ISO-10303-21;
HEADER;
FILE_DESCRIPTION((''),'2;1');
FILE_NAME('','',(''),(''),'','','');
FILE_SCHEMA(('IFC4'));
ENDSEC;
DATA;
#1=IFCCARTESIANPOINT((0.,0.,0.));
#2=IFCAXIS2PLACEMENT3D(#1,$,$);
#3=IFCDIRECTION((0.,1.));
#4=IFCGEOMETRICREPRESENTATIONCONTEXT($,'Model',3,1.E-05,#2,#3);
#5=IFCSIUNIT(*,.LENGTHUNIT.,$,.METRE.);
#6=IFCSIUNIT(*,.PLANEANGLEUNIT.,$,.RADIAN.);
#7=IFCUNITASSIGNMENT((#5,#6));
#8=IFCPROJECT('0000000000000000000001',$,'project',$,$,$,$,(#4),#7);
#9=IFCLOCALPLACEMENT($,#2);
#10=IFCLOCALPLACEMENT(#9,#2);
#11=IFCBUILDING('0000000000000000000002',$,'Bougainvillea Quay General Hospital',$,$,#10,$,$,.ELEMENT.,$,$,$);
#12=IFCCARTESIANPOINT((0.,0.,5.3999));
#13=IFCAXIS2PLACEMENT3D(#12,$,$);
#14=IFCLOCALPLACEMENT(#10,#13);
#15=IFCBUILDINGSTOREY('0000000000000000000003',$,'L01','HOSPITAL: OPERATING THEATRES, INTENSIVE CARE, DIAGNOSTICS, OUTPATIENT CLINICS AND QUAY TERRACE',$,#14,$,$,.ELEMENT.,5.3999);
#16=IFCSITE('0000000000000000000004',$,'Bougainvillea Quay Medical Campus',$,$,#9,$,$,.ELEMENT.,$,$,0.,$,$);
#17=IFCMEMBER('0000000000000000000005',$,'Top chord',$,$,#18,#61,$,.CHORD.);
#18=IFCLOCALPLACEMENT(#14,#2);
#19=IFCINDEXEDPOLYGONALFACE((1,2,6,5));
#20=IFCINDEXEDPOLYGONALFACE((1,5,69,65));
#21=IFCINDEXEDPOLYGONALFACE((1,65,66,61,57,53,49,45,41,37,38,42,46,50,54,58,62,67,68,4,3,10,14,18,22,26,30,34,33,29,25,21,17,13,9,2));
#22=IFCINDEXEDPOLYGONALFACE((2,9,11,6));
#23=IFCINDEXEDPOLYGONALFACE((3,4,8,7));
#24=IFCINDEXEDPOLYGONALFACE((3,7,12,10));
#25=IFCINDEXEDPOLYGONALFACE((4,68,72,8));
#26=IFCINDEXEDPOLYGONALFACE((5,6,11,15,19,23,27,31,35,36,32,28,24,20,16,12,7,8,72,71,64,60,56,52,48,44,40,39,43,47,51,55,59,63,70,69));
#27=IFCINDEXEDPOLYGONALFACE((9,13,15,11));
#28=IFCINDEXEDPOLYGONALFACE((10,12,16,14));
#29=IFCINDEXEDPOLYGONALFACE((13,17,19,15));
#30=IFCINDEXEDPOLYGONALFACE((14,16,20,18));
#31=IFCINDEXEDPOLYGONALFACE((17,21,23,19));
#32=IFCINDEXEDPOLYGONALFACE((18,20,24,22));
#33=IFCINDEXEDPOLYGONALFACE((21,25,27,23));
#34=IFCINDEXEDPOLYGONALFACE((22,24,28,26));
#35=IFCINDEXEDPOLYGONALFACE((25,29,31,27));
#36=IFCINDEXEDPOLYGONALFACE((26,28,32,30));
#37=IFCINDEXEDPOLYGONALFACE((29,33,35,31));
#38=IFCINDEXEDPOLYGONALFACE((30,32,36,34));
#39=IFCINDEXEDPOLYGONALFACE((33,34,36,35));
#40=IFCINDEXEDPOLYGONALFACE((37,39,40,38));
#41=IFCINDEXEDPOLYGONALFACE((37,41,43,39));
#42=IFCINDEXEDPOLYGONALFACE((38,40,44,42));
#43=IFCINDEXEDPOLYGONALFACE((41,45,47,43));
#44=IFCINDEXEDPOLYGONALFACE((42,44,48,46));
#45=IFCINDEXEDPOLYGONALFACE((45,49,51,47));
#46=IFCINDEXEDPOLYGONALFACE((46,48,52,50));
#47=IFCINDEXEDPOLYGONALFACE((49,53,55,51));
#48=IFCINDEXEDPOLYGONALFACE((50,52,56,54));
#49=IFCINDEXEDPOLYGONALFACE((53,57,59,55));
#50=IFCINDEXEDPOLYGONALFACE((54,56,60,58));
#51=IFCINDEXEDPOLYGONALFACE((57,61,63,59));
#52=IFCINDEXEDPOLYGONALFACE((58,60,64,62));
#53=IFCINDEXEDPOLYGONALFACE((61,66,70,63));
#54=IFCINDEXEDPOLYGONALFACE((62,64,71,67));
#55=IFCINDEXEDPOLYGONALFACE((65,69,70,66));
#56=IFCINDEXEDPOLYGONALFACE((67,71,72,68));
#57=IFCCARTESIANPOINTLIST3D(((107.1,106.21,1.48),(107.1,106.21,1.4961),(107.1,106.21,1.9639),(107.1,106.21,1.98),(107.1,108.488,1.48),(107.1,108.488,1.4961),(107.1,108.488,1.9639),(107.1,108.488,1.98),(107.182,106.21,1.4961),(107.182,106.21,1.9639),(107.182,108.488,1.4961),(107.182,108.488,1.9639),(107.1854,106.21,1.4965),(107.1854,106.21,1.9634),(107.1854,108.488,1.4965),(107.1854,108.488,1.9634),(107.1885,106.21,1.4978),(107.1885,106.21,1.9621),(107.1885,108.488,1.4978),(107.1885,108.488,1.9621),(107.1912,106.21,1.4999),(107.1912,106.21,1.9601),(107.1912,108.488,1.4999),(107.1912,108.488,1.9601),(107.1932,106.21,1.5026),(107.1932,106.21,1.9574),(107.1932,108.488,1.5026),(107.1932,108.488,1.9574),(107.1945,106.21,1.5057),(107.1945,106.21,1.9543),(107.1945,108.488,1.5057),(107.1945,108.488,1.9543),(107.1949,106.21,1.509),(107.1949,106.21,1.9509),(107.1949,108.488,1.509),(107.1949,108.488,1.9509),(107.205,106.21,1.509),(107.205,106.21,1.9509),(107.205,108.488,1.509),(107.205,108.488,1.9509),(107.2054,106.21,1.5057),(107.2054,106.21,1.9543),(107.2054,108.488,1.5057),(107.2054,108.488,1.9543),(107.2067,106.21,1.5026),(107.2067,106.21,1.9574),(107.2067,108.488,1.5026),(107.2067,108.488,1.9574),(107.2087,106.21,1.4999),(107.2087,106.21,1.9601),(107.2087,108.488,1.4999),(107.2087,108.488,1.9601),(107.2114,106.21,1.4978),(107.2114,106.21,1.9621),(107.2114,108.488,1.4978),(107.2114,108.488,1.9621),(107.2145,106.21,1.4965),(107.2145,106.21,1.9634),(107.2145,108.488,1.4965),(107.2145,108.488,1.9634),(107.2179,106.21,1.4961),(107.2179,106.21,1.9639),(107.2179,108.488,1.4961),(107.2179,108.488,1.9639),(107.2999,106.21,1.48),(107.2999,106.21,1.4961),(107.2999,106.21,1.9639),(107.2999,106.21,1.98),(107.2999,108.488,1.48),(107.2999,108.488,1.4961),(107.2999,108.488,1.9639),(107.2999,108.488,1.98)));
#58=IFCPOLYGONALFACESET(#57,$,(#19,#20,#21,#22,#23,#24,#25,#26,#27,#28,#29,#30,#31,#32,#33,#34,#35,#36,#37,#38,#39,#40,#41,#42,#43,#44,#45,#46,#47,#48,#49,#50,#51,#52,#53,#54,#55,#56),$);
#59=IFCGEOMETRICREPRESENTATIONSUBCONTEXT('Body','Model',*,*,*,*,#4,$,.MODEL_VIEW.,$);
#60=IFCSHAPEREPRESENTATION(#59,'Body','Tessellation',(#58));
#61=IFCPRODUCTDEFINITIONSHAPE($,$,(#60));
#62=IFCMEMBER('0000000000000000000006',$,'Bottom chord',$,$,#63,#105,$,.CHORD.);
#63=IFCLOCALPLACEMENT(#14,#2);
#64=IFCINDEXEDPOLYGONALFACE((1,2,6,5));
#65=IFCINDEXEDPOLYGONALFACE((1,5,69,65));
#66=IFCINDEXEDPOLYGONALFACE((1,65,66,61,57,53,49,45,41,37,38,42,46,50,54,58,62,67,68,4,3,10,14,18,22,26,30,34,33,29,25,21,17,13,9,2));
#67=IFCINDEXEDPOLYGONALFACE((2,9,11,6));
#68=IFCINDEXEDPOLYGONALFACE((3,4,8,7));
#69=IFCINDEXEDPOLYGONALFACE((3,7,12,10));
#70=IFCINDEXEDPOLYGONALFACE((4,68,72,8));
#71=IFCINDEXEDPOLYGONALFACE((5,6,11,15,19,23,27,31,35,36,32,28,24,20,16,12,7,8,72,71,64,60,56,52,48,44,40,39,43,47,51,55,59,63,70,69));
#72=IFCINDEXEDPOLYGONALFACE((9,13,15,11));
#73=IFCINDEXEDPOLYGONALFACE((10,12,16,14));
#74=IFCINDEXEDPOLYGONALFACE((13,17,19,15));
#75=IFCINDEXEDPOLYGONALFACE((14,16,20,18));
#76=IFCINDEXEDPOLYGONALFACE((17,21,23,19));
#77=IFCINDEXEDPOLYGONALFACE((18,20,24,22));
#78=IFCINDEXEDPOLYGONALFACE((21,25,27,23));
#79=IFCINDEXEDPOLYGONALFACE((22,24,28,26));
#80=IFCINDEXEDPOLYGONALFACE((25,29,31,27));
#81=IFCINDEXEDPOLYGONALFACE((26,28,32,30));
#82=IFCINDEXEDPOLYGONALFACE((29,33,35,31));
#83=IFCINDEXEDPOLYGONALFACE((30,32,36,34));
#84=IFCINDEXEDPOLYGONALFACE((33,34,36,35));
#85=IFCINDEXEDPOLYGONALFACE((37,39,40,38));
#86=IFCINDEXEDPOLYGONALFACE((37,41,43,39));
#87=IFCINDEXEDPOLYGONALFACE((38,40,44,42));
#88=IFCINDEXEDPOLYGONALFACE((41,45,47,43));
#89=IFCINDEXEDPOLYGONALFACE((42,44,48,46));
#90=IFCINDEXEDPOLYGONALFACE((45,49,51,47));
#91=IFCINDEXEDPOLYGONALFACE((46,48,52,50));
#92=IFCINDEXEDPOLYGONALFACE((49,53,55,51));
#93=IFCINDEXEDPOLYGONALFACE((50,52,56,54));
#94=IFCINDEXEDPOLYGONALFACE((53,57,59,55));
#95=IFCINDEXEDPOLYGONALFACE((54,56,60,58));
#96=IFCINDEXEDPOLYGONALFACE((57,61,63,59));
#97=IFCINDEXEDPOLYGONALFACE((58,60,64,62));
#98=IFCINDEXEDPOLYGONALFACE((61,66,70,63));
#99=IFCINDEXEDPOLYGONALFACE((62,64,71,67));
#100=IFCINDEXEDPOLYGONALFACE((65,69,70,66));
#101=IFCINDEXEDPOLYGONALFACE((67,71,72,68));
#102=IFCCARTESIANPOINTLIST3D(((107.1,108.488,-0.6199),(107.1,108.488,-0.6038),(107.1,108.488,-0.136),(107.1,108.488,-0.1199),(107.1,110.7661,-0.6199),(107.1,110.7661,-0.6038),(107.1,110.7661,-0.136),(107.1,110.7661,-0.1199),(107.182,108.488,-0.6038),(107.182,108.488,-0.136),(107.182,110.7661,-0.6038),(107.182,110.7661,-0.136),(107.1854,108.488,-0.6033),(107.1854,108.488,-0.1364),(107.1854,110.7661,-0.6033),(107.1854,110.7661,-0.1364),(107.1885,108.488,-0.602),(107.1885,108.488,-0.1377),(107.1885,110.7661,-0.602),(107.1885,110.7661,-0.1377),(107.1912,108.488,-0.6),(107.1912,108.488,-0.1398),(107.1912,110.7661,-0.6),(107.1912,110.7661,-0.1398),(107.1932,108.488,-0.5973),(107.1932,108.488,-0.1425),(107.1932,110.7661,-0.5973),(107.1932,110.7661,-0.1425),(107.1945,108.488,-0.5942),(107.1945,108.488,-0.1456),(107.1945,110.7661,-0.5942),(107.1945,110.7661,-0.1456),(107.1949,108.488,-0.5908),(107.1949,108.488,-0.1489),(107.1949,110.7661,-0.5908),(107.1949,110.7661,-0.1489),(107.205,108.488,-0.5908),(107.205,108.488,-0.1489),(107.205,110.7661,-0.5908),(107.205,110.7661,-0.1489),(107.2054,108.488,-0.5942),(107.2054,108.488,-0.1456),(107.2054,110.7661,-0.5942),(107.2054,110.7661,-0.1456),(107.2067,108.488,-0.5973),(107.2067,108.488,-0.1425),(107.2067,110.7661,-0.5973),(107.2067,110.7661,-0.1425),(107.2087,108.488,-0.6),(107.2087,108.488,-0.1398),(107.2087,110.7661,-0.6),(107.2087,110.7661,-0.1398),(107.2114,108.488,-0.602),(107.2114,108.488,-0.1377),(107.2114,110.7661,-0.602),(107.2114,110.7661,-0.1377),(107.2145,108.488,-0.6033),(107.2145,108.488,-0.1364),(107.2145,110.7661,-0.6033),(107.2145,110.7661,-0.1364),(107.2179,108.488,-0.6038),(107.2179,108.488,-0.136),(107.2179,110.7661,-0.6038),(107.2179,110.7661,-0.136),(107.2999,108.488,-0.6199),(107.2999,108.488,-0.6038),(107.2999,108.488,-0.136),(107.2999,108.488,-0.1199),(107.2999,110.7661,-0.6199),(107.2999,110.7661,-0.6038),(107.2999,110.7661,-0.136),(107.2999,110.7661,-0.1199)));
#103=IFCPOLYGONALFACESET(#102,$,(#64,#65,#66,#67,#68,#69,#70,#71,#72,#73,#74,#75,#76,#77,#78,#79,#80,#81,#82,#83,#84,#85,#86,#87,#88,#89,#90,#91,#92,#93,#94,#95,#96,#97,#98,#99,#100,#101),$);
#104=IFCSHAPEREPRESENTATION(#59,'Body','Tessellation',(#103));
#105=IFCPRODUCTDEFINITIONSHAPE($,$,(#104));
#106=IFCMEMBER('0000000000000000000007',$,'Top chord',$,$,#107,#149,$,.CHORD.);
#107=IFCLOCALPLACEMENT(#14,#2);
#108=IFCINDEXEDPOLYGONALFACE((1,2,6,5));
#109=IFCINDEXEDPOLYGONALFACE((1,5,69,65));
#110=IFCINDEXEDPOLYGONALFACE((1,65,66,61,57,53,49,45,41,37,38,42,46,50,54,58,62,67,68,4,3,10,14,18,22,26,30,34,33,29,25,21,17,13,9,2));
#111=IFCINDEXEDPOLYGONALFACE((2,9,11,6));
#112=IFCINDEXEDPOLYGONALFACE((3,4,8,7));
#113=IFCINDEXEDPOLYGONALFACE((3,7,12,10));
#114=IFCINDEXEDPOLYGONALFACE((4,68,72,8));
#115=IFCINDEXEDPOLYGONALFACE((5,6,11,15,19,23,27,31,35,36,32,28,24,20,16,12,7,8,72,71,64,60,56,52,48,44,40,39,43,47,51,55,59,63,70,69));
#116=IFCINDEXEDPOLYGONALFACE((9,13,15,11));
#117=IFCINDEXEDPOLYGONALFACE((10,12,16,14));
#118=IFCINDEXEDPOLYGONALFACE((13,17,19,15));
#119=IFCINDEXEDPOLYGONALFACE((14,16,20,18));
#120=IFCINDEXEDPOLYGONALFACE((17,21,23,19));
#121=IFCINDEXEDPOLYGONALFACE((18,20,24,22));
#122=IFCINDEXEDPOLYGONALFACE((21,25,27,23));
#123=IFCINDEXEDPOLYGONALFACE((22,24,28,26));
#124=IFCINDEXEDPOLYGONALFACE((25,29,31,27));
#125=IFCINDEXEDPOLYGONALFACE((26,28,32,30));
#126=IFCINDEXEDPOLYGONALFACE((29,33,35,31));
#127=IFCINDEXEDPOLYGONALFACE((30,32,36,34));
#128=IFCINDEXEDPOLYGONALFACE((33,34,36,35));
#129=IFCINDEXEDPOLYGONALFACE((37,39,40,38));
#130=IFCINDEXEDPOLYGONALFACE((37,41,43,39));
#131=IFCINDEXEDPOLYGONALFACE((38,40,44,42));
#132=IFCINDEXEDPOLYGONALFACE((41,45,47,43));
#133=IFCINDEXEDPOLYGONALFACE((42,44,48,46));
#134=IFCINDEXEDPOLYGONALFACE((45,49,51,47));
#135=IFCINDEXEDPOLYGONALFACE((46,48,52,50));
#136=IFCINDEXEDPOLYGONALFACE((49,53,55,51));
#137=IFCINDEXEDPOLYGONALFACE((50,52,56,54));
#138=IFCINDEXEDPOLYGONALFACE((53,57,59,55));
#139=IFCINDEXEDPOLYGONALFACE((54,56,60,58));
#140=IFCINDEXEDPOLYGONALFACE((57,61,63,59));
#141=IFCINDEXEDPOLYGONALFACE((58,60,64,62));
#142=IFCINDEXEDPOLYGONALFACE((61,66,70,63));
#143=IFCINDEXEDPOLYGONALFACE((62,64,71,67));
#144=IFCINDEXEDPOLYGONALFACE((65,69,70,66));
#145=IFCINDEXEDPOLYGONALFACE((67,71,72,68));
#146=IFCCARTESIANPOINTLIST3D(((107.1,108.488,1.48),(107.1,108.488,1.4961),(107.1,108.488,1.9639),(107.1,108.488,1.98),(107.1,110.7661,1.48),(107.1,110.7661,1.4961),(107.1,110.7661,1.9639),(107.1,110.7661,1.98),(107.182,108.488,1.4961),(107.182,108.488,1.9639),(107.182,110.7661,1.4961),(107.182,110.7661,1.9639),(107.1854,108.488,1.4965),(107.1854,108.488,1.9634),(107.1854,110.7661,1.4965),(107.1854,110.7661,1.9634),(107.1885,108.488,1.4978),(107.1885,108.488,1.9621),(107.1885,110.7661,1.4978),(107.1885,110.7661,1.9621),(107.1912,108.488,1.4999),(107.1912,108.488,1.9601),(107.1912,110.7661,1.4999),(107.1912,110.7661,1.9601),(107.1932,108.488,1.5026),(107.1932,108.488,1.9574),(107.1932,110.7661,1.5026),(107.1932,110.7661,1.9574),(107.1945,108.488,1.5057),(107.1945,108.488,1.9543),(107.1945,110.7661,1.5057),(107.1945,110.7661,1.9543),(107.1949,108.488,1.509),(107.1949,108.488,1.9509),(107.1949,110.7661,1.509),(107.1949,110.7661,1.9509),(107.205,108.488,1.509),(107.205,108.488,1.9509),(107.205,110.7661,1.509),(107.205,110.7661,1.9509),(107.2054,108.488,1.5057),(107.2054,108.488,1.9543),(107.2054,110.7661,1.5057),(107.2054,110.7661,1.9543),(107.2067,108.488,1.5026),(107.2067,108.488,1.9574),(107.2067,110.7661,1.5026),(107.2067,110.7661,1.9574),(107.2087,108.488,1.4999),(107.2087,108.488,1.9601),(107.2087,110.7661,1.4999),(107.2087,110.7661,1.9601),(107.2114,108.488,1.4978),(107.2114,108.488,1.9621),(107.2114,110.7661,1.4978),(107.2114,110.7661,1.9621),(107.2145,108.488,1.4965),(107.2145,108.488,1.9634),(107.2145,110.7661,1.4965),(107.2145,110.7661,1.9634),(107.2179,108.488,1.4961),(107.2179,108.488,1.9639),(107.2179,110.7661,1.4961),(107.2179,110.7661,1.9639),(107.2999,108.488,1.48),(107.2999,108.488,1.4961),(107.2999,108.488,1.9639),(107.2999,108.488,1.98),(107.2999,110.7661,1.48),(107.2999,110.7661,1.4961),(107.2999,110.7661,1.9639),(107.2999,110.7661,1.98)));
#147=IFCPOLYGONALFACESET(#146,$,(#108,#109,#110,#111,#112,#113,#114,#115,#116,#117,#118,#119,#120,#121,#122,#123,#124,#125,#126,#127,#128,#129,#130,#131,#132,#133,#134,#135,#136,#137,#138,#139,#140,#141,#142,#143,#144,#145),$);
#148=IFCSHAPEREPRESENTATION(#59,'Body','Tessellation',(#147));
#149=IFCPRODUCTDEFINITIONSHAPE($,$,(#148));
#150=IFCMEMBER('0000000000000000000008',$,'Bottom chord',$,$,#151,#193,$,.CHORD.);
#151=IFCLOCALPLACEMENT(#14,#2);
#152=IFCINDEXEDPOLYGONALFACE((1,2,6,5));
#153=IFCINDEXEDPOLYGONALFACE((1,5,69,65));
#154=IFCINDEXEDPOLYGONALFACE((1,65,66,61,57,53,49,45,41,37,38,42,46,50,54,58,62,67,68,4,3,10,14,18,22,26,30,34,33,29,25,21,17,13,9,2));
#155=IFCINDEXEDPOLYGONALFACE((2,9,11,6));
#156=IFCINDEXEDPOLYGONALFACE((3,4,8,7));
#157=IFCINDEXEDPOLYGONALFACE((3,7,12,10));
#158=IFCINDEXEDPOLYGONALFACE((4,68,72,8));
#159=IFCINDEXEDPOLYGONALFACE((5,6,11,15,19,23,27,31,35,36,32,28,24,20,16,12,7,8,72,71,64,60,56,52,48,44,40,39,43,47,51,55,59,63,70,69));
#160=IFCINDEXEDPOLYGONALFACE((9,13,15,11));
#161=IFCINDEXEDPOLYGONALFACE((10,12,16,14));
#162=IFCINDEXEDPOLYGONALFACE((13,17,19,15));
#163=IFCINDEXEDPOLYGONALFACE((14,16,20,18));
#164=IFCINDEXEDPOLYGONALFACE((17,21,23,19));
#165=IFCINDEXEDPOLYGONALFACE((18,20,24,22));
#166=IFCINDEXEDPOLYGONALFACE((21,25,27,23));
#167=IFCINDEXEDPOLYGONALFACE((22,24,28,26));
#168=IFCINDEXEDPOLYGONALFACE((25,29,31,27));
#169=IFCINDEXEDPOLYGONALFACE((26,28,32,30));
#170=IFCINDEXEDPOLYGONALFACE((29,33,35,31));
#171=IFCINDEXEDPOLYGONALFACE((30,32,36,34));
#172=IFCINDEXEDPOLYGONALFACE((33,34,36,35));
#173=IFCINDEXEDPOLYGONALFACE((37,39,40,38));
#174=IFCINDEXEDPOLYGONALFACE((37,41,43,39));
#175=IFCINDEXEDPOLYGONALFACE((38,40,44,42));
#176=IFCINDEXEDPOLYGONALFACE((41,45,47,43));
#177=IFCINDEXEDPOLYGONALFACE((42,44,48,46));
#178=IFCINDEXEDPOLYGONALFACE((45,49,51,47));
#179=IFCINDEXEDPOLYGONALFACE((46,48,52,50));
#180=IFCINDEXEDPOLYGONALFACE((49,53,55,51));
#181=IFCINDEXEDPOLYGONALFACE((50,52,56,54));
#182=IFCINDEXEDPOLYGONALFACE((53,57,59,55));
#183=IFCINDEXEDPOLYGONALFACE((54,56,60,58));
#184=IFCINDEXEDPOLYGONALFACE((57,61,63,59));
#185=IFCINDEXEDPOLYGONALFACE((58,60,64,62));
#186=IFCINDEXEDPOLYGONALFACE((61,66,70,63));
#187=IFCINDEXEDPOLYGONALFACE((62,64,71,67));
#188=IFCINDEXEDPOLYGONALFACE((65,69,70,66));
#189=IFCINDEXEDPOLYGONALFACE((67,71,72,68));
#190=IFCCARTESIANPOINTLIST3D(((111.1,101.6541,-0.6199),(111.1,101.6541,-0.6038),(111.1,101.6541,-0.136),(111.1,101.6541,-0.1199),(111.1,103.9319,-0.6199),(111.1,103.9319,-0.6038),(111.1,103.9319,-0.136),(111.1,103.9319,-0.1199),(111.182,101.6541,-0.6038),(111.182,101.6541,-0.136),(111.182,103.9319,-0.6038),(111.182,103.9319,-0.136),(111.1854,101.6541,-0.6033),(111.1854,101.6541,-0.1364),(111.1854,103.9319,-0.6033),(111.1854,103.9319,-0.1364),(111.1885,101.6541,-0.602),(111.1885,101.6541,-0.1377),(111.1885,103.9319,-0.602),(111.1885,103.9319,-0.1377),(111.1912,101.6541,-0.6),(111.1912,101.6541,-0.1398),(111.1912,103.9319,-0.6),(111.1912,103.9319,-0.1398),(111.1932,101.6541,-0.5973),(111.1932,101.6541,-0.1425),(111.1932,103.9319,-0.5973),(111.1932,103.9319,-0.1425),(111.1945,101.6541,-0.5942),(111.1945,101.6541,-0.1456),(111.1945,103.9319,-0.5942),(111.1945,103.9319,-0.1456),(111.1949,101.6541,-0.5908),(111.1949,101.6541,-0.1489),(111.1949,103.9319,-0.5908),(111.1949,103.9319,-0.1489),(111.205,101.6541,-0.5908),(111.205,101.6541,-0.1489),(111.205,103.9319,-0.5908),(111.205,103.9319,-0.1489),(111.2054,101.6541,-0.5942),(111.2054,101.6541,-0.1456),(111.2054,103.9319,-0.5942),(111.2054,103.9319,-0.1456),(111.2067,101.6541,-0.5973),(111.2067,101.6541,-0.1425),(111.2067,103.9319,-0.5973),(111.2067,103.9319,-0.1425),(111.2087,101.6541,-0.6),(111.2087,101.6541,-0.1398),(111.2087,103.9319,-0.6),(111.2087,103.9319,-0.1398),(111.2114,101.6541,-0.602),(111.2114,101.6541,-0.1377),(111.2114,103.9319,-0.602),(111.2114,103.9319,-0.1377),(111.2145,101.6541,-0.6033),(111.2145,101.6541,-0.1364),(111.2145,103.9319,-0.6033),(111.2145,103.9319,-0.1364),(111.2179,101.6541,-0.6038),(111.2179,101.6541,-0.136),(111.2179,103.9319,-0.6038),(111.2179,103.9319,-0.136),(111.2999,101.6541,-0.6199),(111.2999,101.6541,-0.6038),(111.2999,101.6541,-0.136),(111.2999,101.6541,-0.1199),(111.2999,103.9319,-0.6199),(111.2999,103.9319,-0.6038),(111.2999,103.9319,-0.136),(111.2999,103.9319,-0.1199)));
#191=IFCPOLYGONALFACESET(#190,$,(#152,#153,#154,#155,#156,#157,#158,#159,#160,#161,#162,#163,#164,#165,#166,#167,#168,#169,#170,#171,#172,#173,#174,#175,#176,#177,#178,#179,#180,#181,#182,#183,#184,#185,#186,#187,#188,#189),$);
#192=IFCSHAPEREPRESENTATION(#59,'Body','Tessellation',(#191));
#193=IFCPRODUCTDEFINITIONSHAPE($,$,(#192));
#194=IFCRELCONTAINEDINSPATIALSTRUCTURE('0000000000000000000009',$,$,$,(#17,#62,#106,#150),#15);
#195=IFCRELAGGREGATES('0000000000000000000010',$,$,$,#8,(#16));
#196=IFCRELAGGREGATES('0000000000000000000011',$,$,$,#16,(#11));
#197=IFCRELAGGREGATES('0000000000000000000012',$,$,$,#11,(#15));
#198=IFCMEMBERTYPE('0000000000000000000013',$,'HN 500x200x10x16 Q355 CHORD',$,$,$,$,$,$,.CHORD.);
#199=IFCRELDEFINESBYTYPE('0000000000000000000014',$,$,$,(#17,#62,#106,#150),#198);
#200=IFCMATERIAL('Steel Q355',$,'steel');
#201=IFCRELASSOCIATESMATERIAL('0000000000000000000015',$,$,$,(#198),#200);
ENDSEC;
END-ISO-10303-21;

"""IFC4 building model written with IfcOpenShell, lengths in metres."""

from ifc_helpers import new_model, si_unit, direction, frame, origin, origin_2d, place, context, subcontext, project, spatial, i_section, extrude, material, material_profile, profile_set, type_object, element, save


model = new_model("IFC4")

# Units and contexts
model_context = context("Model", 3, precision=1e-05, world=origin(), true_north=direction((0.0, 1.0)))
body_context = subcontext(model_context, "Body", "Model", "MODEL_VIEW")
ifc_project = project(units=[si_unit("LENGTHUNIT", "METRE"), si_unit("PLANEANGLEUNIT", "RADIAN")], contexts=[model_context])

# Site, building, storey
site_placement = place(None, origin())
site = spatial("IfcSite", under=ifc_project, at=site_placement, Name="Bougainvillea Quay Medical Campus", CompositionType="ELEMENT", RefElevation=0.0)
building_placement = place(site_placement, origin())
building = spatial("IfcBuilding", under=site, at=building_placement, Name="Bougainvillea Quay General Hospital", CompositionType="ELEMENT")
storey_placement = place(building_placement, frame((0.0, 0.0, 5.3999)))
storey = spatial("IfcBuildingStorey", under=building, at=storey_placement, Name="L01", Description="HOSPITAL: OPERATING THEATRES, INTENSIVE CARE, DIAGNOSTICS, OUTPATIENT CLINICS AND QUAY TERRACE", CompositionType="ELEMENT", Elevation=5.3999)

# Members
ifc_material = material(Name="Steel Q355", Category="steel")
ifc_material_profile_1 = material_profile(ifc_material, i_section(OverallWidth=0.2, OverallDepth=0.5, WebThickness=0.01, FlangeThickness=0.0161, FilletRadius=0.0129, at=origin_2d()))
ifc_profile_set_1 = profile_set([ifc_material_profile_1], Name="Steel Q355")
member_type_1 = type_object("IfcMemberType", Name="HN 500x200x10x16 Q355 CHORD", PredefinedType="CHORD", material=ifc_profile_set_1)
for number, where, z_axis, x_axis, name in (
    (1, (107.2, 106.21, 1.73), (0.0, 1.0, 0.0), (-1.0, 0.0, 0.0), "Top chord"),
    (2, (107.2, 108.488, -0.3699), (0.0, 1.0, 0.0), (-1.0, 0.0, 0.0), "Bottom chord"),
    (3, (107.2, 108.488, 1.73), (0.0, 1.0, 0.0), (-1.0, 0.0, 0.0), "Top chord"),
):
    element("IfcMember", number, at=place(storey_placement, frame(where, z_axis=z_axis, x_axis=x_axis)), inside=storey, type_object=member_type_1, Name=name, PredefinedType="CHORD", context=body_context, shape_type="SweptSolid", body=[
        extrude(i_section(OverallWidth=0.2, OverallDepth=0.5, WebThickness=0.01, FlangeThickness=0.0161, FilletRadius=0.0129, at=origin_2d()), origin(), (0.0, 0.0, 1.0), 2.2781),
    ])
for number, where, z_axis, x_axis, name in (
    (4, (111.2, 101.6541, -0.3699), (0.0, 1.0, 0.0), (-1.0, 0.0, 0.0), "Bottom chord"),
):
    element("IfcMember", number, at=place(storey_placement, frame(where, z_axis=z_axis, x_axis=x_axis)), inside=storey, type_object=member_type_1, Name=name, PredefinedType="CHORD", context=body_context, shape_type="SweptSolid", body=[
        extrude(i_section(OverallWidth=0.2, OverallDepth=0.5, WebThickness=0.01, FlangeThickness=0.0161, FilletRadius=0.0129, at=origin_2d()), origin(), (0.0, 0.0, 1.0), 2.2778),
    ])

save(model, "model.ifc")
